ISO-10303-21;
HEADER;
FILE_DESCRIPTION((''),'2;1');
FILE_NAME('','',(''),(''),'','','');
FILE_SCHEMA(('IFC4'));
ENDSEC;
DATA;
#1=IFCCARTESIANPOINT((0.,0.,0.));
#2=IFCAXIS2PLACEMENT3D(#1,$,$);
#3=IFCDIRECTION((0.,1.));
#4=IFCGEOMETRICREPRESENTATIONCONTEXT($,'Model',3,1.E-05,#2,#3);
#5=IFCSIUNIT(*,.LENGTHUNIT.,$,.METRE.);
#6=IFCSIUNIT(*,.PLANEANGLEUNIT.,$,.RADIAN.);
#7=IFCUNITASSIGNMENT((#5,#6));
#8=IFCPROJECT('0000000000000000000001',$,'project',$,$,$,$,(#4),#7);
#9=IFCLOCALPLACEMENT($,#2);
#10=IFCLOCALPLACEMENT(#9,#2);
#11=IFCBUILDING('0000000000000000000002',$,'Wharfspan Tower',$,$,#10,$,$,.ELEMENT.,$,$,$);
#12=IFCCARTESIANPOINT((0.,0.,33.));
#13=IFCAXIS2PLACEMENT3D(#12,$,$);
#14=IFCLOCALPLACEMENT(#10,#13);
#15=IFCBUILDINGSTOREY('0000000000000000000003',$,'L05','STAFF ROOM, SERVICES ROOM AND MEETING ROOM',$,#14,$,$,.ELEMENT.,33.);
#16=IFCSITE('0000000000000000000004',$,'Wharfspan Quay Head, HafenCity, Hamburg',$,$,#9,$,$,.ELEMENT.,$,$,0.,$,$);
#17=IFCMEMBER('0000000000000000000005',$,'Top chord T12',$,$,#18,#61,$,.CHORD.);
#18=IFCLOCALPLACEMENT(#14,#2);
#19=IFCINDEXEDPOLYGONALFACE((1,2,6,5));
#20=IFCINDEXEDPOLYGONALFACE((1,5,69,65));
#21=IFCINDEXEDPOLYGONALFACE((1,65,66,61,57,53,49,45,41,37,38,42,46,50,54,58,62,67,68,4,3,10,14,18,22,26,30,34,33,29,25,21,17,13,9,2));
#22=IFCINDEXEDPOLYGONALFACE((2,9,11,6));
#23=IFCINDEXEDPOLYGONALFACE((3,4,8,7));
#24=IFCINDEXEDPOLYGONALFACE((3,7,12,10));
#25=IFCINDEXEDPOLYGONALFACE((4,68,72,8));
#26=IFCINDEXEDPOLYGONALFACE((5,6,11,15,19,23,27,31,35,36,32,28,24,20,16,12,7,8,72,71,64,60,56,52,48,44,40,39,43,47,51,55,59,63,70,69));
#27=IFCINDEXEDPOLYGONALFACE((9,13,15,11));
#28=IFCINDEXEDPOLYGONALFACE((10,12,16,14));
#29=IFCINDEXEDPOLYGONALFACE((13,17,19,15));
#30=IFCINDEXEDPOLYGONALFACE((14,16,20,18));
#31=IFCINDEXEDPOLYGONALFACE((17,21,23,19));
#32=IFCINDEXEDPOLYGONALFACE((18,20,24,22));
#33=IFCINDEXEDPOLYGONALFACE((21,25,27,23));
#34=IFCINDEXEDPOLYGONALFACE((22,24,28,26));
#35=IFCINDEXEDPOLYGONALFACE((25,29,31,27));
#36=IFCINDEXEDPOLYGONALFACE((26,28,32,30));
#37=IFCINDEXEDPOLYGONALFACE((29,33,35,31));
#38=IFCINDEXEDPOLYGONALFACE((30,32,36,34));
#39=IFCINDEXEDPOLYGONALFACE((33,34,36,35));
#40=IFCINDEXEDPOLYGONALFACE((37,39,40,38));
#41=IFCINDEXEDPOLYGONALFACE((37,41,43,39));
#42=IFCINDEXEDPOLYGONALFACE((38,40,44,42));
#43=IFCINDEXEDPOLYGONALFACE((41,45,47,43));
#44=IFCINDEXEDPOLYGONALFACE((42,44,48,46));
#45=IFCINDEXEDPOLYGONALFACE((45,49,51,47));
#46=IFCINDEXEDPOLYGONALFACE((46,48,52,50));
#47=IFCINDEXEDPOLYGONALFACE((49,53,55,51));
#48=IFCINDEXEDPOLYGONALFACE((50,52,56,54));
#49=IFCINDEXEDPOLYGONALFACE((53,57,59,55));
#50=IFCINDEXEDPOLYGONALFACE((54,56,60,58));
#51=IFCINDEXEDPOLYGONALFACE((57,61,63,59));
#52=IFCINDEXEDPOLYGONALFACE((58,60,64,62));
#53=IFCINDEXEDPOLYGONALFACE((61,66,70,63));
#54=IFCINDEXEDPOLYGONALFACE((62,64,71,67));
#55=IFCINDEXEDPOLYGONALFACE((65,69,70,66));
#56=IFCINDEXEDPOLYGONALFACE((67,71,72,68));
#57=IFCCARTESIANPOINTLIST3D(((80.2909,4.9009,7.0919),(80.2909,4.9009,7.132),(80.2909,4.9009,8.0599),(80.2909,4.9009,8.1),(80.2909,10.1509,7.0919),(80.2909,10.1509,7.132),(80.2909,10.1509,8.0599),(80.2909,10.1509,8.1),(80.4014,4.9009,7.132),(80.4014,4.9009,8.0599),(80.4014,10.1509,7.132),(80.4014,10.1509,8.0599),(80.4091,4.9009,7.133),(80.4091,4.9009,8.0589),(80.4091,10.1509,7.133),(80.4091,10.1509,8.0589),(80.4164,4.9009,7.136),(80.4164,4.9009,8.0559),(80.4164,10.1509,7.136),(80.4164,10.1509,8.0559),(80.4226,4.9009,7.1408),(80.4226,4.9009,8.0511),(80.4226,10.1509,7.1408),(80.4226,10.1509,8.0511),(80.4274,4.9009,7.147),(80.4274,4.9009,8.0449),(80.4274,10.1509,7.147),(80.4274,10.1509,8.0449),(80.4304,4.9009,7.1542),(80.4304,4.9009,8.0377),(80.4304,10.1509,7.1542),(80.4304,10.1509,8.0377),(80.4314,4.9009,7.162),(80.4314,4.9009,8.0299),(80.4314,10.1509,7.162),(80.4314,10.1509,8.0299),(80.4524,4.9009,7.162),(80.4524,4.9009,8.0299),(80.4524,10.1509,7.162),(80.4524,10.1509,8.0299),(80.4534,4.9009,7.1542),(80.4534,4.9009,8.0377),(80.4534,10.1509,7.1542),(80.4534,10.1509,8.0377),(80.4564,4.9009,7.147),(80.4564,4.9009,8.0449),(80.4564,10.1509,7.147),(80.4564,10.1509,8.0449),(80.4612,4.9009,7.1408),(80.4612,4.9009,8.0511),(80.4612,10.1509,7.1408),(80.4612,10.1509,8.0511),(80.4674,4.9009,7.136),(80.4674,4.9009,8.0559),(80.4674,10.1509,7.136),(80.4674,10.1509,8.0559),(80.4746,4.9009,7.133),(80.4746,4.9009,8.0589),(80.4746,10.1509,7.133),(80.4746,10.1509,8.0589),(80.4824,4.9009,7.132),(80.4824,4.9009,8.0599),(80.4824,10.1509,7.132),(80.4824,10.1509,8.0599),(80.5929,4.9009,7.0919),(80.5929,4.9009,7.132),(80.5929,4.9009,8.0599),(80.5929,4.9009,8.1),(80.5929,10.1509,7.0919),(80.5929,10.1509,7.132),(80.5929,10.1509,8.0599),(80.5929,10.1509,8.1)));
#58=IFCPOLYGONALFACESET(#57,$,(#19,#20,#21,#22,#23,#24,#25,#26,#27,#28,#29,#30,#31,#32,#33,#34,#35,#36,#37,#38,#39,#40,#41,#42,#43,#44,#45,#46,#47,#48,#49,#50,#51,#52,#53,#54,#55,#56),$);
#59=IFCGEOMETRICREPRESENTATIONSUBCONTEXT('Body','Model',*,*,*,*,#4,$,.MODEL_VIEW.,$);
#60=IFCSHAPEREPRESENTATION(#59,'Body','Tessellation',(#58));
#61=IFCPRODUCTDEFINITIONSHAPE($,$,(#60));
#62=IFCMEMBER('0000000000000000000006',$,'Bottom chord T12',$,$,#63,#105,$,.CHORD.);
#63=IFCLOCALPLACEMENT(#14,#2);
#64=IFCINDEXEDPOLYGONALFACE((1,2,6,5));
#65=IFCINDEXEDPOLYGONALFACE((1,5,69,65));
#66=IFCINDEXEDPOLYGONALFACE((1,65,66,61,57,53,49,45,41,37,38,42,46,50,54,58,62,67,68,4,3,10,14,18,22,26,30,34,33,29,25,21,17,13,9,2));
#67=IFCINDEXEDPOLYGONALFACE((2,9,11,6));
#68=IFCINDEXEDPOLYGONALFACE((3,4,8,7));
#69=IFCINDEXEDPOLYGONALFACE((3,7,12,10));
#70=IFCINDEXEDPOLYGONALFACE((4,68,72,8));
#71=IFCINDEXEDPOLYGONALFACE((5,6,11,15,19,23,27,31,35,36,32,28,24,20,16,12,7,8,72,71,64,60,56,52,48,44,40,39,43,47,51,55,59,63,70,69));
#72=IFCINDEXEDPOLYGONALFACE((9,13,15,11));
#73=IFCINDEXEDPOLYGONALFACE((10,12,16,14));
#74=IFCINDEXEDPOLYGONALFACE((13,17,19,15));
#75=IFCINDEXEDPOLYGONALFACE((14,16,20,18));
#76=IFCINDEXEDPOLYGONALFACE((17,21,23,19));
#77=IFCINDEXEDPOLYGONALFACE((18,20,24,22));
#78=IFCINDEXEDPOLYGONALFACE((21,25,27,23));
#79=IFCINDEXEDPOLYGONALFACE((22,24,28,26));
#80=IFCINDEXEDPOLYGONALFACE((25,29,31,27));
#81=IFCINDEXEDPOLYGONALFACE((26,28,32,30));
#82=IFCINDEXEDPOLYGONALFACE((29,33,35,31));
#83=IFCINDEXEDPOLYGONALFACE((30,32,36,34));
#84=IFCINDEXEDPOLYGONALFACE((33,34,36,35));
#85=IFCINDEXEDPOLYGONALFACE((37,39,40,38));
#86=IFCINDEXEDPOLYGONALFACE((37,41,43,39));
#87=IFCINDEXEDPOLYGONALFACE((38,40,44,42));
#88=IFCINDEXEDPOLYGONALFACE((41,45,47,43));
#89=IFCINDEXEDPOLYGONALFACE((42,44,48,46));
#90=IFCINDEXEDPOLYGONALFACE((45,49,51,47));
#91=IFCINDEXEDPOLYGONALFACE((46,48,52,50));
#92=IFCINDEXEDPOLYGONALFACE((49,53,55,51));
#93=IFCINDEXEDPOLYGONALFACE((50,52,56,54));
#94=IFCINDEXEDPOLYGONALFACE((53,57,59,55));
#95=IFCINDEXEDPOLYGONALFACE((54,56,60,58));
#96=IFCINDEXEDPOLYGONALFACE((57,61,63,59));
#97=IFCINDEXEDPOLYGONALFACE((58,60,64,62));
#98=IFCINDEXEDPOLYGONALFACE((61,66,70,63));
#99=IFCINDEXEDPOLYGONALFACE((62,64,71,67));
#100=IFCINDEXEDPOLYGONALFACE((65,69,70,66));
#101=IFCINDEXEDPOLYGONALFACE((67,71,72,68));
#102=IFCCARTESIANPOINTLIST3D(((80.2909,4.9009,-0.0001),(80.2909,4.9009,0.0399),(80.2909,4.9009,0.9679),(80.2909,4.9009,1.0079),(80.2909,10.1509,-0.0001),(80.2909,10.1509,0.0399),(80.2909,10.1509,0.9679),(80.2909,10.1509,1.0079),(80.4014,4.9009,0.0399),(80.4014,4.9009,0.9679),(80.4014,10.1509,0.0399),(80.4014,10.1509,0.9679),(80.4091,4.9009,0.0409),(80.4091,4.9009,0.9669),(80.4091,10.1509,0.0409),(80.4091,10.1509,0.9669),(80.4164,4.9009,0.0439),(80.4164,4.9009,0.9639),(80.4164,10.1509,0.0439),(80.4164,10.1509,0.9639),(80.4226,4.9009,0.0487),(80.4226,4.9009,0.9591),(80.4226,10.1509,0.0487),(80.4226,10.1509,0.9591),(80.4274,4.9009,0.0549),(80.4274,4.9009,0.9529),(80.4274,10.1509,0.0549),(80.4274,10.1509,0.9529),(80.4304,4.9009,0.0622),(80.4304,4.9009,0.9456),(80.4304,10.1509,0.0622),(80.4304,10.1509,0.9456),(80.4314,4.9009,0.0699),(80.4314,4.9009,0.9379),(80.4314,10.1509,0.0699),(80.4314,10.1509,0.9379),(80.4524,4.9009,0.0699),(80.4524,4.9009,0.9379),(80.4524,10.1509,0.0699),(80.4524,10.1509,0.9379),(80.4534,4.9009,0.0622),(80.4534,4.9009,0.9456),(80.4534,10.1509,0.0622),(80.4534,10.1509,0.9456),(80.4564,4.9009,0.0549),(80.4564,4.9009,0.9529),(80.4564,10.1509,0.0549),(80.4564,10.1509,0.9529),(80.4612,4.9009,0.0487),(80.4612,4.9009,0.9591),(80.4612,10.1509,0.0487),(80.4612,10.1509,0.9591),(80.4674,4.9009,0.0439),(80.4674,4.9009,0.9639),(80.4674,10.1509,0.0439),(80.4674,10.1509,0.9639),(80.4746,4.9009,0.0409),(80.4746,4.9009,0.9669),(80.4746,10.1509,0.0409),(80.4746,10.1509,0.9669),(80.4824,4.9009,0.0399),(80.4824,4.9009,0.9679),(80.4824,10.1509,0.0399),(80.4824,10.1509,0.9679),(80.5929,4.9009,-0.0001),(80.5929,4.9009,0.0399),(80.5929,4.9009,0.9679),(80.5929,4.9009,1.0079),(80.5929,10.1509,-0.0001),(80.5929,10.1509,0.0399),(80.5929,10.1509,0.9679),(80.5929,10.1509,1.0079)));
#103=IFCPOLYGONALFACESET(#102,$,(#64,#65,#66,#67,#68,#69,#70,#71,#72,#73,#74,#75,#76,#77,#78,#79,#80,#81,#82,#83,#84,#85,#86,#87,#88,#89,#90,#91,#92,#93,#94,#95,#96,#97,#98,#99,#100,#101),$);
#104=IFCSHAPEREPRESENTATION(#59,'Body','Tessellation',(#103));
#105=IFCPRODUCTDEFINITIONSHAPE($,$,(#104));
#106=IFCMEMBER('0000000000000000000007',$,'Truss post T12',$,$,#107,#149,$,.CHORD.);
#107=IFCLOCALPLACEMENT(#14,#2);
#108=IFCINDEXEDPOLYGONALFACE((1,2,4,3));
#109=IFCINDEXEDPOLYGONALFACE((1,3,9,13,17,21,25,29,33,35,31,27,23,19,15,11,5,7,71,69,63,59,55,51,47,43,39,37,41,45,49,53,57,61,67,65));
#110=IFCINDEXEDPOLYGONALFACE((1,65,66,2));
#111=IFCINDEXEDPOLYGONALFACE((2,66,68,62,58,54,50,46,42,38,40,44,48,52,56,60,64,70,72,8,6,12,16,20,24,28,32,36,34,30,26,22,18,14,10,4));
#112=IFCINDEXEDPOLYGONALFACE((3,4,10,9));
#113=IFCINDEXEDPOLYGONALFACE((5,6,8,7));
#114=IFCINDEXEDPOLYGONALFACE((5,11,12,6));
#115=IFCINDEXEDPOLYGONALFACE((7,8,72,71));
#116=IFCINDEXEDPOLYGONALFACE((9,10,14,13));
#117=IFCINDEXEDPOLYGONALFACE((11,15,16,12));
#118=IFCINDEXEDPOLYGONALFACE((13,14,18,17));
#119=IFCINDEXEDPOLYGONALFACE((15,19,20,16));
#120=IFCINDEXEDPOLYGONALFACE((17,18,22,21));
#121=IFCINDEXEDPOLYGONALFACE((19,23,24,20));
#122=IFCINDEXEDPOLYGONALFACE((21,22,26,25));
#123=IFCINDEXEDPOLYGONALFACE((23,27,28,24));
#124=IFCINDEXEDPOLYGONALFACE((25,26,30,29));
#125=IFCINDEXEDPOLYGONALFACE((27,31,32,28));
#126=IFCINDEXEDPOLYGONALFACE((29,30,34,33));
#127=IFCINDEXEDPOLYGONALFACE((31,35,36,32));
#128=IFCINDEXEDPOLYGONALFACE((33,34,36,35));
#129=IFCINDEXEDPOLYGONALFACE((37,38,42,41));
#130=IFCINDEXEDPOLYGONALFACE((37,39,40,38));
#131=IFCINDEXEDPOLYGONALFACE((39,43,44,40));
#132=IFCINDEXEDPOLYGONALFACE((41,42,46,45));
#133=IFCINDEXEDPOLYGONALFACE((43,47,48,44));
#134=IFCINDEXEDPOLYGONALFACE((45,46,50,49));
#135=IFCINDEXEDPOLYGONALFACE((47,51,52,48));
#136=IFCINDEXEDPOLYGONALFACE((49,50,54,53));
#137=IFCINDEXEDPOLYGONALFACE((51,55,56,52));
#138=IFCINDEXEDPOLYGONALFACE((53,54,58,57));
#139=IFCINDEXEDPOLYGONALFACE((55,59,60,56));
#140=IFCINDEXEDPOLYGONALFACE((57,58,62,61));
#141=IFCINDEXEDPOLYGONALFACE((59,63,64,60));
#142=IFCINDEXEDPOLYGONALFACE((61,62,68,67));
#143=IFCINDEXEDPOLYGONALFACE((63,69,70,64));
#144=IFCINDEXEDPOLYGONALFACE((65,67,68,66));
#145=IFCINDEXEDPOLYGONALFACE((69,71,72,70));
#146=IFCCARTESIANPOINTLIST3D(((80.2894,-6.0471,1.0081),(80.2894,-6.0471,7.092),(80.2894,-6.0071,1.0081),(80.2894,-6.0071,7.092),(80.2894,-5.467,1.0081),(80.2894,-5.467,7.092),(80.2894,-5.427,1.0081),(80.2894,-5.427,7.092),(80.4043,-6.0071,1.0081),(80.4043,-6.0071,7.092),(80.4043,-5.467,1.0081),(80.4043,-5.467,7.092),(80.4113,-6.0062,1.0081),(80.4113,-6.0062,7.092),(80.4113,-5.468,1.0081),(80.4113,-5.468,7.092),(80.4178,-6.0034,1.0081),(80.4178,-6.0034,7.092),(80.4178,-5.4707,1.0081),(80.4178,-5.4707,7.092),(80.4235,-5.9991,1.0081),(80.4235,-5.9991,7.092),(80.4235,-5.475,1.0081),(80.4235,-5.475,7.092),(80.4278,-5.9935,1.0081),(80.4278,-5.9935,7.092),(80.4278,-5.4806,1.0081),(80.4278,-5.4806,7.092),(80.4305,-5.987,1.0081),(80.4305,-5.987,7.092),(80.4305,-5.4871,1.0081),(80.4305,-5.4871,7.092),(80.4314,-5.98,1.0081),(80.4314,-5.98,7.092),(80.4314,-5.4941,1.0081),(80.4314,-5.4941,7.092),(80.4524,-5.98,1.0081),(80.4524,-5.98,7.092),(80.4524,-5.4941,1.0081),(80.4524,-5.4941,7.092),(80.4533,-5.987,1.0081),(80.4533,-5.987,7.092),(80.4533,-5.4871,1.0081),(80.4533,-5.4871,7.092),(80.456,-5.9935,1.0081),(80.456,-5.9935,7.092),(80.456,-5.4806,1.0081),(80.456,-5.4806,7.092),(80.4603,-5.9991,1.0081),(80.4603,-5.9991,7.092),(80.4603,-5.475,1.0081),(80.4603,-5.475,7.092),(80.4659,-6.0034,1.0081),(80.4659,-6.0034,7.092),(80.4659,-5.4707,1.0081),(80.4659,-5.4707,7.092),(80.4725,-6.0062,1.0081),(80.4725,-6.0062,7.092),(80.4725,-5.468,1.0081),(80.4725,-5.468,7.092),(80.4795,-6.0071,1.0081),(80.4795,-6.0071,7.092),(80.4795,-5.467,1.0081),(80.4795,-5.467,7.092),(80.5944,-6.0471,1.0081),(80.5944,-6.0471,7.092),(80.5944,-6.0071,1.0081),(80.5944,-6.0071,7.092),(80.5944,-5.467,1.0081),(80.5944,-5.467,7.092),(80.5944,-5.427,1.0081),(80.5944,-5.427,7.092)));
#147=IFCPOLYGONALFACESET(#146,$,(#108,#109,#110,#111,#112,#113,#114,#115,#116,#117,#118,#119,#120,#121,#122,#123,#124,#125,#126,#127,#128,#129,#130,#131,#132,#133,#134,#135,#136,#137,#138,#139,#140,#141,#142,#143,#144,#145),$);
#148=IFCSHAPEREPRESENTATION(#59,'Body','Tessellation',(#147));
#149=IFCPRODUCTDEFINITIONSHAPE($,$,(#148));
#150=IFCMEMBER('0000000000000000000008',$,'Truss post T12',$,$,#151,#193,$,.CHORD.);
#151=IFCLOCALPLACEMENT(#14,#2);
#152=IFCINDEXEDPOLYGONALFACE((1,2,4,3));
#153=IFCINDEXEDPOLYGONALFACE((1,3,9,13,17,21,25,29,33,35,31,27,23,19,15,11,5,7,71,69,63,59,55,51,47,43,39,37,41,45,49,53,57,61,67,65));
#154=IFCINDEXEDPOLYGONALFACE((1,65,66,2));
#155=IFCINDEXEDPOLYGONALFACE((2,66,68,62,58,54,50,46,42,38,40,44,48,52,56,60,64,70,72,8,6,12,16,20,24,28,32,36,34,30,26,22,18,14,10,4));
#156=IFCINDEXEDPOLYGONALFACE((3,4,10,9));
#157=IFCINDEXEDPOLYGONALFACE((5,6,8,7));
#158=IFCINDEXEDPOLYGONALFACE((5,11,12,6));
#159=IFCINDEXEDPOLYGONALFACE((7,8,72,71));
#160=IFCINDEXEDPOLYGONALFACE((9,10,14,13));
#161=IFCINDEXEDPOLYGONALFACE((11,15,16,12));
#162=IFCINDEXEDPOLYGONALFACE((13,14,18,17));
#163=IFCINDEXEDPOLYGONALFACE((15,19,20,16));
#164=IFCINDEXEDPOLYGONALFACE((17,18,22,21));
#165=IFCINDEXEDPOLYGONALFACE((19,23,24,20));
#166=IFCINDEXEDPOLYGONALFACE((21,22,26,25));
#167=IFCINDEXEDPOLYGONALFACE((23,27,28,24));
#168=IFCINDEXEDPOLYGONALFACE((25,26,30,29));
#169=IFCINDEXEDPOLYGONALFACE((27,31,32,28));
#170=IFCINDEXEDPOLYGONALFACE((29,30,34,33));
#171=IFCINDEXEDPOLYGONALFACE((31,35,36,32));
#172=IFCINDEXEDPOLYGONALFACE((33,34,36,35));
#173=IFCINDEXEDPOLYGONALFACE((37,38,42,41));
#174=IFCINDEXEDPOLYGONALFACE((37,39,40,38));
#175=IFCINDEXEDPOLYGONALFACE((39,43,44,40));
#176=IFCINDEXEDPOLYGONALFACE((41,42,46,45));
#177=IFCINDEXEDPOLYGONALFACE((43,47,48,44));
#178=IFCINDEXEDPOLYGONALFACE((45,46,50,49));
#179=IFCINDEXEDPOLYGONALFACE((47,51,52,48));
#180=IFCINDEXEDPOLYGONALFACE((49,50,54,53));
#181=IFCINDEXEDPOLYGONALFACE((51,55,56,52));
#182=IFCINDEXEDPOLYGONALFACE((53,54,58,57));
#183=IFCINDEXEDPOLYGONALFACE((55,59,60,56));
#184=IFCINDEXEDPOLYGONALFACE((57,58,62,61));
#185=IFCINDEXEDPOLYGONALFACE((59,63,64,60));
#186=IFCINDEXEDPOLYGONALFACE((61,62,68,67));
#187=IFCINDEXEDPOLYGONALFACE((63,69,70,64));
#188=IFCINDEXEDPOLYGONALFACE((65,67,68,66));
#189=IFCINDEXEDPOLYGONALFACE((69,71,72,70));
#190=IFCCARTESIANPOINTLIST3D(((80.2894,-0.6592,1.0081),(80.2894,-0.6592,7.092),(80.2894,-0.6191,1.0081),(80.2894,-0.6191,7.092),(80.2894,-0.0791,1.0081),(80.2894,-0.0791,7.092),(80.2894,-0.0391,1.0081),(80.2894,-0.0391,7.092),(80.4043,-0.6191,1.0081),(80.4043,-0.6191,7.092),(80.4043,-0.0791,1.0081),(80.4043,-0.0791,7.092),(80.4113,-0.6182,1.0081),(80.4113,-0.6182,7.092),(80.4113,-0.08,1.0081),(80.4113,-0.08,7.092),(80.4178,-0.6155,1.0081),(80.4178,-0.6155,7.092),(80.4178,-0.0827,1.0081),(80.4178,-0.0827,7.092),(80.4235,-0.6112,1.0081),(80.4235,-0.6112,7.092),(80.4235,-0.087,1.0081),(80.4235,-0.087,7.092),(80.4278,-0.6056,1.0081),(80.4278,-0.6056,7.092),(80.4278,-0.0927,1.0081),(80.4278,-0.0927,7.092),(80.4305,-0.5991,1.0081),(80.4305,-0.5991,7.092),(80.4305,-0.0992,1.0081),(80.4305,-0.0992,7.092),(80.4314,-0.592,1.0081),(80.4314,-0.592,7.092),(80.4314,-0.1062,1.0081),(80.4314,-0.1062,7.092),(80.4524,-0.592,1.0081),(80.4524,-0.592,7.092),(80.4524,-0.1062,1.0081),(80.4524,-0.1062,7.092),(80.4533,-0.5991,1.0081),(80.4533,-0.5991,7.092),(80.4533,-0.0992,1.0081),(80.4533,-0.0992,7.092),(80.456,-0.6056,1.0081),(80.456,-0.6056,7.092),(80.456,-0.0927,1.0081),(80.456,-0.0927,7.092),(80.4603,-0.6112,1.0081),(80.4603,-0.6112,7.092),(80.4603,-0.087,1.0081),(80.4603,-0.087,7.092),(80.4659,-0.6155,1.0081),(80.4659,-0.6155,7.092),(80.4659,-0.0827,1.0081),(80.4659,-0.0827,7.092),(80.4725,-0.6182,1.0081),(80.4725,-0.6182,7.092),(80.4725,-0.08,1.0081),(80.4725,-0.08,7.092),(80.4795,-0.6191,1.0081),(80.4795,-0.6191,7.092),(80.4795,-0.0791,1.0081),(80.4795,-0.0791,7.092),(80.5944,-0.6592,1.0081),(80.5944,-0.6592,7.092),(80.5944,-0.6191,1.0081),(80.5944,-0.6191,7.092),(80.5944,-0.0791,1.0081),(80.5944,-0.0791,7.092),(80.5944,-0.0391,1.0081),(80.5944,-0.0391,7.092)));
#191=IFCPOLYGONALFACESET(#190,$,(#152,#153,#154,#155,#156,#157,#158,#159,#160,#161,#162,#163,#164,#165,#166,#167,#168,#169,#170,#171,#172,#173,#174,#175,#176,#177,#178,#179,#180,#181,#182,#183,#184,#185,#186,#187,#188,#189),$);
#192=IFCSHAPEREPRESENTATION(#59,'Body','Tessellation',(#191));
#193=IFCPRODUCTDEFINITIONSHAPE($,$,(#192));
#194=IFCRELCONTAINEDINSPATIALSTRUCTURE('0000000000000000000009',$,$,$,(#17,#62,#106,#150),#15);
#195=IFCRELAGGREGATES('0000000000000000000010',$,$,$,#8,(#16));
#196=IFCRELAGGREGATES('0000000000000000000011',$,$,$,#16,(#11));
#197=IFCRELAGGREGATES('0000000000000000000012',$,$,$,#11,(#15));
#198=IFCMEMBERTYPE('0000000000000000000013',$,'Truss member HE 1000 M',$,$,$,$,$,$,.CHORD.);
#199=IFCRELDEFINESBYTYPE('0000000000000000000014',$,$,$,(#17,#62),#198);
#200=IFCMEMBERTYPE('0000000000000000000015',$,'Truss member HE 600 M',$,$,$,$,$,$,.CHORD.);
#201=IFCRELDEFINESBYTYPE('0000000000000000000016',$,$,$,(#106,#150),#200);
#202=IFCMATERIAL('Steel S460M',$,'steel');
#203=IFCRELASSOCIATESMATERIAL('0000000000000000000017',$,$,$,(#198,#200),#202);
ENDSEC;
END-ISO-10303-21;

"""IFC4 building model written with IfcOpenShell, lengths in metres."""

from ifc_helpers import new_model, si_unit, direction, frame, origin, origin_2d, place, context, subcontext, project, spatial, i_section, extrude, material, material_profile, profile_set, type_object, element, save


model = new_model("IFC4")

# Units and contexts
model_context = context("Model", 3, precision=1e-05, world=origin(), true_north=direction((0.0, 1.0)))
body_context = subcontext(model_context, "Body", "Model", "MODEL_VIEW")
ifc_project = project(units=[si_unit("LENGTHUNIT", "METRE"), si_unit("PLANEANGLEUNIT", "RADIAN")], contexts=[model_context])

# Site, building, storey
site_placement = place(None, origin())
site = spatial("IfcSite", under=ifc_project, at=site_placement, Name="Wharfspan Quay Head, HafenCity, Hamburg", CompositionType="ELEMENT", RefElevation=0.0)
building_placement = place(site_placement, origin())
building = spatial("IfcBuilding", under=site, at=building_placement, Name="Wharfspan Tower", CompositionType="ELEMENT")
storey_placement = place(building_placement, frame((0.0, 0.0, 33.0)))
storey = spatial("IfcBuildingStorey", under=building, at=storey_placement, Name="L05", Description="STAFF ROOM, SERVICES ROOM AND MEETING ROOM", CompositionType="ELEMENT", Elevation=33.0)

# Shared definitions
ifc_material_1 = material(Name="Steel S460M", Category="steel")

# Members
ifc_material_profile_1 = material_profile(ifc_material_1, i_section(OverallWidth=0.302, OverallDepth=1.0081, WebThickness=0.021, FlangeThickness=0.04, FilletRadius=0.03, at=origin_2d()))
ifc_profile_set_1 = profile_set([ifc_material_profile_1], Name="Steel S460M")
member_type_1 = type_object("IfcMemberType", Name="Truss member HE 1000 M", PredefinedType="CHORD", material=ifc_profile_set_1)
for number, where, z_axis, x_axis, name in (
    (1, (80.4419, 4.9009, 7.5959), (0.0, 1.0, 0.0), (-1.0, 0.0, 0.0), "Top chord T12"),
    (2, (80.4419, 4.9009, 0.5039), (0.0, 1.0, 0.0), (-1.0, 0.0, 0.0), "Bottom chord T12"),
):
    element("IfcMember", number, at=place(storey_placement, frame(where, z_axis=z_axis, x_axis=x_axis)), inside=storey, type_object=member_type_1, Name=name, PredefinedType="CHORD", context=body_context, shape_type="SweptSolid", body=[
        extrude(i_section(OverallWidth=0.302, OverallDepth=1.0081, WebThickness=0.021, FlangeThickness=0.04, FilletRadius=0.03, at=origin_2d()), origin(), (0.0, 0.0, 1.0), 5.25),
    ])
ifc_material_profile_2 = material_profile(ifc_material_1, i_section(OverallWidth=0.3049, OverallDepth=0.6201, WebThickness=0.021, FlangeThickness=0.04, FilletRadius=0.0271, at=origin_2d()))
ifc_profile_set_2 = profile_set([ifc_material_profile_2], Name="Steel S460M")
member_type_2 = type_object("IfcMemberType", Name="Truss member HE 600 M", PredefinedType="CHORD", material=ifc_profile_set_2)
for number, where, z_axis, x_axis, name in (
    (3, (80.4419, -5.7371, 1.0081), (0.0, 0.0, 1.0), (1.0, 0.0, 0.0), "Truss post T12"),
    (4, (80.4419, -0.3491, 1.0081), (0.0, 0.0, 1.0), (1.0, 0.0, 0.0), "Truss post T12"),
):
    element("IfcMember", number, at=place(storey_placement, frame(where, z_axis=z_axis, x_axis=x_axis)), inside=storey, type_object=member_type_2, Name=name, PredefinedType="CHORD", context=body_context, shape_type="SweptSolid", body=[
        extrude(i_section(OverallWidth=0.3049, OverallDepth=0.6201, WebThickness=0.021, FlangeThickness=0.04, FilletRadius=0.0271, at=origin_2d()), origin(), (0.0, 0.0, 1.0), 6.084),
    ])

save(model, "model.ifc")
